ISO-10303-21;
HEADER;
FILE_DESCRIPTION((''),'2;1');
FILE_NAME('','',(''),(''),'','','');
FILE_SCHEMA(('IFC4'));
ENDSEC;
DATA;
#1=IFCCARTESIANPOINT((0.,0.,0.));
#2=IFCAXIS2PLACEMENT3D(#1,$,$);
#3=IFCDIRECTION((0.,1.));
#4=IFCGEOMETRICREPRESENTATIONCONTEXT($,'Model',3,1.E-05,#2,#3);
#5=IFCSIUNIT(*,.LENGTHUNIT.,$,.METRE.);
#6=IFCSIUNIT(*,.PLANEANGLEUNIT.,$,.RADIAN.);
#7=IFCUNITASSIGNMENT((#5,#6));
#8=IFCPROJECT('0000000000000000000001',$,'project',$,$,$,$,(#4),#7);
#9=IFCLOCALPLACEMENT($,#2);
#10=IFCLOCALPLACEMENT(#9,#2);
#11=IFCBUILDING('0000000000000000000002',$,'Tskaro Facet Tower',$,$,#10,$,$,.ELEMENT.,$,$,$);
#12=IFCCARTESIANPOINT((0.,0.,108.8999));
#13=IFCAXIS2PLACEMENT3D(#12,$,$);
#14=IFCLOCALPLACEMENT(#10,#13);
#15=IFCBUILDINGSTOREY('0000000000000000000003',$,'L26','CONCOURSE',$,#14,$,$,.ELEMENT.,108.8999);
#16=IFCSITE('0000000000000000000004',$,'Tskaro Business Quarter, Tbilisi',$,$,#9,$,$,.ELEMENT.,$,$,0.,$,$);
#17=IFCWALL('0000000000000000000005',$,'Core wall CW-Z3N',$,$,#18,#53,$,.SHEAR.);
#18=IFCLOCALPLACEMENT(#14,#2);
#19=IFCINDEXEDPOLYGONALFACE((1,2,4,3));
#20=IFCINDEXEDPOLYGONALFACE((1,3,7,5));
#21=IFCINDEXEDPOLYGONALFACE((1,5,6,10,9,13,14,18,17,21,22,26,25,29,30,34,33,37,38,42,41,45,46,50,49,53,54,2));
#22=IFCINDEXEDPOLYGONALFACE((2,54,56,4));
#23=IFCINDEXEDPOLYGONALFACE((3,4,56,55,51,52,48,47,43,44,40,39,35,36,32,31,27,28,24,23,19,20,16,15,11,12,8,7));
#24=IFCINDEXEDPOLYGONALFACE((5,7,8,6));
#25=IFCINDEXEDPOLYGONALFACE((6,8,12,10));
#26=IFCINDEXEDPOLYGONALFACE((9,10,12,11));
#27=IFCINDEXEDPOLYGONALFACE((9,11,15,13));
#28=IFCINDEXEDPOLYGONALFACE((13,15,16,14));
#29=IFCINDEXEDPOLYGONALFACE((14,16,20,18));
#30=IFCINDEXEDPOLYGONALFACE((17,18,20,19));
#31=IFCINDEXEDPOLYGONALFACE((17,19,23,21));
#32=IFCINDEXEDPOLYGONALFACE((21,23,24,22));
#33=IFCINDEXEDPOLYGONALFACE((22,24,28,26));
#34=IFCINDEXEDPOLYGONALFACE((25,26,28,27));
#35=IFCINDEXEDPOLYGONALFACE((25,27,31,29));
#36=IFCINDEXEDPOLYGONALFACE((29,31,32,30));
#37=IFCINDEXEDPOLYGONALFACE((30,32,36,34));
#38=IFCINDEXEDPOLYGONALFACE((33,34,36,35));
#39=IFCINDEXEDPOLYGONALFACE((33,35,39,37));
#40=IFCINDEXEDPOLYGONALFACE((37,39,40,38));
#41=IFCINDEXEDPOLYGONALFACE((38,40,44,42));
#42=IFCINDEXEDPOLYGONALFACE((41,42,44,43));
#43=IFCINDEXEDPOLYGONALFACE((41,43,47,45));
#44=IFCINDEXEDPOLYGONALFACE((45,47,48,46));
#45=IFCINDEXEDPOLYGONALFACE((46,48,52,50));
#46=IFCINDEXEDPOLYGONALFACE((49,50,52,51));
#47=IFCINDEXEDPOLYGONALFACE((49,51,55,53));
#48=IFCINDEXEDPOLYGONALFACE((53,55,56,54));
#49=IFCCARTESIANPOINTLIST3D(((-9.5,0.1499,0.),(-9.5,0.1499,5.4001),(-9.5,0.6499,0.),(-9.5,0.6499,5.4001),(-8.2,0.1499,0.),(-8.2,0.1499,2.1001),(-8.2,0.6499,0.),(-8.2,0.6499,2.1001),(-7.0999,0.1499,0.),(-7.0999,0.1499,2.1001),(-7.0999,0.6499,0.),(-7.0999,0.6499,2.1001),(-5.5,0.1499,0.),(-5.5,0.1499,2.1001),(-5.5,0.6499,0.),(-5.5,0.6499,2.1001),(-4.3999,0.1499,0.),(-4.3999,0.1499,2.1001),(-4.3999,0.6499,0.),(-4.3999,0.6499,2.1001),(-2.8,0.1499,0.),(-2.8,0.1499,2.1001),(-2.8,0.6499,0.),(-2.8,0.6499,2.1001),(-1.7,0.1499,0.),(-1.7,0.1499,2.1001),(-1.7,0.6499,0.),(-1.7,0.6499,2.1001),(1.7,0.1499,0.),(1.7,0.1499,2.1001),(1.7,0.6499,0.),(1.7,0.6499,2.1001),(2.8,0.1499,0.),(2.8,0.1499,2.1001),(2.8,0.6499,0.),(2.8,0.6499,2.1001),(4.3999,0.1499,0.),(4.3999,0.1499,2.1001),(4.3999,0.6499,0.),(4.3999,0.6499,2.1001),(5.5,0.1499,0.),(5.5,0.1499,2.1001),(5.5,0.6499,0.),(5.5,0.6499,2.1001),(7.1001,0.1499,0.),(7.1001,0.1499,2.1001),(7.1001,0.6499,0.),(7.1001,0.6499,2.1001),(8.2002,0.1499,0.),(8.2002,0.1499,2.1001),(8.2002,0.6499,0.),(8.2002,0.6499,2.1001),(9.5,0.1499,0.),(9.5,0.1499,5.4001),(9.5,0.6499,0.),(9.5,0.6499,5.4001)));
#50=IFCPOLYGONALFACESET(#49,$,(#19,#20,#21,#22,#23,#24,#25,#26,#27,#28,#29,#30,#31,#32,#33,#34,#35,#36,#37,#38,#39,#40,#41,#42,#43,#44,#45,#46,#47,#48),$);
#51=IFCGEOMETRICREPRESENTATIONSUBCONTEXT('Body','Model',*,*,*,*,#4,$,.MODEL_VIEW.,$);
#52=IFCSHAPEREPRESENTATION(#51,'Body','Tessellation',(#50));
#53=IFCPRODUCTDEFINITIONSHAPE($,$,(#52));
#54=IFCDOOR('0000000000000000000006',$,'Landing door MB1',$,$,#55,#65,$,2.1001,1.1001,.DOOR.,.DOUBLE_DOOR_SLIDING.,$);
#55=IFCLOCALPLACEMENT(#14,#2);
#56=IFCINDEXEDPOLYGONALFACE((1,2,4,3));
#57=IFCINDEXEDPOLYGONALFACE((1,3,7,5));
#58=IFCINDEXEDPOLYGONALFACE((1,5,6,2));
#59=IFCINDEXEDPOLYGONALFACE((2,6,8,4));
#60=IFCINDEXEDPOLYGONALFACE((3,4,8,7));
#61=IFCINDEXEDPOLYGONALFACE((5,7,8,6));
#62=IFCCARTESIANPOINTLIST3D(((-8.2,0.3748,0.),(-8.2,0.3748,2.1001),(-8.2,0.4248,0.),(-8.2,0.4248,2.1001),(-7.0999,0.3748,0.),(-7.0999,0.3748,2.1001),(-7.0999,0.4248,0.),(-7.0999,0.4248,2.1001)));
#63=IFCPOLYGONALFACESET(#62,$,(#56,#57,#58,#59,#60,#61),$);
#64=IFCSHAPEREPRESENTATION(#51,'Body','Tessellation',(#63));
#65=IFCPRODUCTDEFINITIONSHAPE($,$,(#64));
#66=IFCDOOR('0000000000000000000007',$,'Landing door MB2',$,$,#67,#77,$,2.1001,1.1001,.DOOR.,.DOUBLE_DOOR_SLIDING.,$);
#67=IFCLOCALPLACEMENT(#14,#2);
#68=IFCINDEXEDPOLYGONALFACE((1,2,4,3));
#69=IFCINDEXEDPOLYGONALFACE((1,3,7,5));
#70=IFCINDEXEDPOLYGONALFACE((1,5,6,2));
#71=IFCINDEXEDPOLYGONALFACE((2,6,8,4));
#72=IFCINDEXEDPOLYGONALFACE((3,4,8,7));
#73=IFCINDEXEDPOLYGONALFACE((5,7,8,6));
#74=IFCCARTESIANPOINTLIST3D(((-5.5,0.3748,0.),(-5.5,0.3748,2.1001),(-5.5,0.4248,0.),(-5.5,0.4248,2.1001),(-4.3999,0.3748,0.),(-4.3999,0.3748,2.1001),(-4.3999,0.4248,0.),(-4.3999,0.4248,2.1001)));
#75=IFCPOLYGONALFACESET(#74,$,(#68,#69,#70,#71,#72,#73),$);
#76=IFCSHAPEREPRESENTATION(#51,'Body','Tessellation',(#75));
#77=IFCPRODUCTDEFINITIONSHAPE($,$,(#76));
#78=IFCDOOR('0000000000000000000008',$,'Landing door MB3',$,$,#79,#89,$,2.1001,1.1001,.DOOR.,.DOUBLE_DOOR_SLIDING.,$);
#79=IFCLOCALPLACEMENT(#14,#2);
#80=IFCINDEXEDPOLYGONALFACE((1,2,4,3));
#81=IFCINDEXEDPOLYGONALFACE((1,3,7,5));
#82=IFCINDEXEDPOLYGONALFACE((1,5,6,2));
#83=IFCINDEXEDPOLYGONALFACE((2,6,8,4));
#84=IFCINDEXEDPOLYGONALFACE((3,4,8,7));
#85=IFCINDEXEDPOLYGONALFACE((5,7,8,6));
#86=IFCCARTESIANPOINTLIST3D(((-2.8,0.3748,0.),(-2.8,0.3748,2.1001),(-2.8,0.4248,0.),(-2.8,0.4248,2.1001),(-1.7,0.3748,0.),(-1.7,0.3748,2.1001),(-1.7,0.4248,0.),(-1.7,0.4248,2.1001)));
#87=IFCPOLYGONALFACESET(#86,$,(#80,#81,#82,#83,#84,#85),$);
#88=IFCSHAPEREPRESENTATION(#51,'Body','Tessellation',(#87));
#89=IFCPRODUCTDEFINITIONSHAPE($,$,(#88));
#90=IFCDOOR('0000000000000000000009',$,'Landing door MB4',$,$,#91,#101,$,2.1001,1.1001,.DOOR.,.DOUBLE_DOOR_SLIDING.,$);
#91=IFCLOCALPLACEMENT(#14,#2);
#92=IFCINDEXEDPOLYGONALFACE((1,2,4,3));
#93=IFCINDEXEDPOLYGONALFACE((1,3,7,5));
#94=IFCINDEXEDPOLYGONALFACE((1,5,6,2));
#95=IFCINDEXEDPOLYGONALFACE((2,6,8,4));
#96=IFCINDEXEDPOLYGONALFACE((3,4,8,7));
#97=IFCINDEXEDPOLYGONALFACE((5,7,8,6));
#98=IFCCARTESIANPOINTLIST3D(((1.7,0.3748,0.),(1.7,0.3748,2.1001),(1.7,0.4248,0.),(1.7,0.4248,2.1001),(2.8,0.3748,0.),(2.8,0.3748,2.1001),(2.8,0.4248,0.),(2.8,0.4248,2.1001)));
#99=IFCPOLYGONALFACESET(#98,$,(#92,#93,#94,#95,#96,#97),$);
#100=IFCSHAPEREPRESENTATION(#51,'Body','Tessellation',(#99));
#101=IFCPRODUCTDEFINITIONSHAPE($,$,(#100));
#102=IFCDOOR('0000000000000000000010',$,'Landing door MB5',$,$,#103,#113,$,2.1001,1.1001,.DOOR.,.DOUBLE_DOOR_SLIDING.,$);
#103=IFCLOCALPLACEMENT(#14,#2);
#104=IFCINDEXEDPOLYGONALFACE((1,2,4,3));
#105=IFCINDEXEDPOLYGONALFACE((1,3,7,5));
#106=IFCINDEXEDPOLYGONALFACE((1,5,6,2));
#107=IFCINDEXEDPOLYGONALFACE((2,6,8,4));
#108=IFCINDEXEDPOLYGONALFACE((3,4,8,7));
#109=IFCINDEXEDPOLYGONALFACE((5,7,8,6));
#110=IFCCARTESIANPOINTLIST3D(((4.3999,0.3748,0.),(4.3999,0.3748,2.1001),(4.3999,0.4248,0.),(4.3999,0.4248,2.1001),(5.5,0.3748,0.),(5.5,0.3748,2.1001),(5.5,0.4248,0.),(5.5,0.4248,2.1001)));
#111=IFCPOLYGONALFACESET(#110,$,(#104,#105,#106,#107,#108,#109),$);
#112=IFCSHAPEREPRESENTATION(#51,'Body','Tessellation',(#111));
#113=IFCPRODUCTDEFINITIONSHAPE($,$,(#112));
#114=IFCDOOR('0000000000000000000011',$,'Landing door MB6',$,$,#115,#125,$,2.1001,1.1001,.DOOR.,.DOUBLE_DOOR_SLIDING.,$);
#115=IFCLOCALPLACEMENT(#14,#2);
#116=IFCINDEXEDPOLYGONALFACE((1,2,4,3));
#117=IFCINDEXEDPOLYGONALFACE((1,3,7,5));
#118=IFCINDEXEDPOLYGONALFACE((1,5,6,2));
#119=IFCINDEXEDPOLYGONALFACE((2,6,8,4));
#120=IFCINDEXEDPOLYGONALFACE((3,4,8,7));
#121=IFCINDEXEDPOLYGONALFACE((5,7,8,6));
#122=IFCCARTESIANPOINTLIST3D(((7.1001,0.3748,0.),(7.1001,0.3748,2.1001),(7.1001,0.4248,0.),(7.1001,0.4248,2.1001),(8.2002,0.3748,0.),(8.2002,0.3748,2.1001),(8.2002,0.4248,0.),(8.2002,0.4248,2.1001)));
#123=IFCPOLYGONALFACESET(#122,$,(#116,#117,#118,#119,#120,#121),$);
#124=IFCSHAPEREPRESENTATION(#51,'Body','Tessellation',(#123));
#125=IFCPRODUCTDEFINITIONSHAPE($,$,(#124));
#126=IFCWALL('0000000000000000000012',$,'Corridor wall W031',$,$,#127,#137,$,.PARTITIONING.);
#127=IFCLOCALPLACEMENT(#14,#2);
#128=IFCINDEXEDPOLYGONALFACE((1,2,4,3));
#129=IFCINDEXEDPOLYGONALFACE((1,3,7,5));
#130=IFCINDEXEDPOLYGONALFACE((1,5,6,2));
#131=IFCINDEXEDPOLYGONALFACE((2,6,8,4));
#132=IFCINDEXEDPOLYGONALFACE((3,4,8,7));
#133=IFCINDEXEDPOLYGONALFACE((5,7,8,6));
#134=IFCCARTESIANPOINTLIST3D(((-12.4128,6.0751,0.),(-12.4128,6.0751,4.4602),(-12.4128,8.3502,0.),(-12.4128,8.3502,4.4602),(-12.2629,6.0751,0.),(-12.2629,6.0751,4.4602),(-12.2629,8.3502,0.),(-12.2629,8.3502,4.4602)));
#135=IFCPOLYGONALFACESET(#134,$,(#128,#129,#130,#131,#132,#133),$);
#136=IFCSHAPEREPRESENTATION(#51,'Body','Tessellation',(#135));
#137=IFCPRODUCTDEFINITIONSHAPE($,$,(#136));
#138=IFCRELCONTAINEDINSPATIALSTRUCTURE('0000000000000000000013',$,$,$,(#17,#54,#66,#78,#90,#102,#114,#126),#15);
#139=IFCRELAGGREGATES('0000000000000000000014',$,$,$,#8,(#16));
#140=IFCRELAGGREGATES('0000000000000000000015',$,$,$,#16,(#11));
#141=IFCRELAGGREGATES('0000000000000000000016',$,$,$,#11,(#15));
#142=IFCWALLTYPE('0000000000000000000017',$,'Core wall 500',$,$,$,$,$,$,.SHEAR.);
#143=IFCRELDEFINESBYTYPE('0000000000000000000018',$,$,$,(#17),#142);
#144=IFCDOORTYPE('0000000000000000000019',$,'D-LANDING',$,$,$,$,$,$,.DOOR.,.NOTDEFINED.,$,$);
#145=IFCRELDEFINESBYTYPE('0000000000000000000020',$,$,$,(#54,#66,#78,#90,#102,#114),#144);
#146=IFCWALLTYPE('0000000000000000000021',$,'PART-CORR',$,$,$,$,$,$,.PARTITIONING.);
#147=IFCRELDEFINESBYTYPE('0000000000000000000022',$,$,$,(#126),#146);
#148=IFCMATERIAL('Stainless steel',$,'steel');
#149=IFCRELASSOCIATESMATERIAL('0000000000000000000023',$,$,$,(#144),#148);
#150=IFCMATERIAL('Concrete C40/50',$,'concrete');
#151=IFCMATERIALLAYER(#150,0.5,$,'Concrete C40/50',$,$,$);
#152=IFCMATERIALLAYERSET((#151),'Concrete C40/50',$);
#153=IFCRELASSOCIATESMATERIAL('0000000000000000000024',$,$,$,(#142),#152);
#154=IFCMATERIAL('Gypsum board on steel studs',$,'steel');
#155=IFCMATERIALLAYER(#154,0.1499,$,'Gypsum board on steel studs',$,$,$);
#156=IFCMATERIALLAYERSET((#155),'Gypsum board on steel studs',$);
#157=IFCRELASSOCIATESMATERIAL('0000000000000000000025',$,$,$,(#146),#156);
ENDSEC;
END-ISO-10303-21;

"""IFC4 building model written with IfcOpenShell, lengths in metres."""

from ifc_helpers import new_model, si_unit, direction, frame, frame_2d, origin, place, context, subcontext, project, spatial, rectangle, extrude, material, layer, layer_set, type_object, element, fill, save


model = new_model("IFC4")

# Units and contexts
model_context = context("Model", 3, precision=1e-05, world=origin(), true_north=direction((0.0, 1.0)))
body_context = subcontext(model_context, "Body", "Model", "MODEL_VIEW")
ifc_project = project(units=[si_unit("LENGTHUNIT", "METRE"), si_unit("PLANEANGLEUNIT", "RADIAN")], contexts=[model_context])

# Site, building, storey
site_placement = place(None, origin())
site = spatial("IfcSite", under=ifc_project, at=site_placement, Name="Tskaro Business Quarter, Tbilisi", CompositionType="ELEMENT", RefElevation=0.0)
building_placement = place(site_placement, origin())
building = spatial("IfcBuilding", under=site, at=building_placement, Name="Tskaro Facet Tower", CompositionType="ELEMENT")
storey_placement = place(building_placement, frame((0.0, 0.0, 108.8999)))
storey = spatial("IfcBuildingStorey", under=building, at=storey_placement, Name="L26", Description="CONCOURSE", CompositionType="ELEMENT", Elevation=108.8999)

# Shared definitions
ifc_material_1 = material(Name="Stainless steel", Category="steel")
door_type_1 = type_object("IfcDoorType", Name="D-LANDING", OperationType="NOTDEFINED", PredefinedType="DOOR", material=ifc_material_1)

# Wall, openings, doors
ifc_material_2 = material(Name="Concrete C40/50", Category="concrete")
ifc_layer_1 = layer(ifc_material_2, 0.5, Name="Concrete C40/50")
ifc_layer_set_1 = layer_set([ifc_layer_1], Name="Concrete C40/50")
wall_type_1 = type_object("IfcWallType", Name="Core wall 500", PredefinedType="SHEAR", material=ifc_layer_set_1)
wall_1_placement = place(storey_placement, frame((-9.5, 0.3999, 0.0), z_axis=(0.0, 0.0, 1.0), x_axis=(1.0, 0.0, 0.0)))
wall_1 = element("IfcWall", 1, at=wall_1_placement, inside=storey, type_object=wall_type_1, Name="Core wall CW-Z3N", PredefinedType="SHEAR", context=body_context, shape_type="SweptSolid", body=[
    extrude(rectangle(XDim=19.0, YDim=0.5, at=frame_2d((9.5, 0.0))), origin(), (0.0, 0.0, 1.0), 5.4001),
])
opening_1_placement = place(wall_1_placement, frame((1.3, 0.0, 0.0)))
opening_1 = element("IfcOpeningElement", 2, at=opening_1_placement, cuts=wall_1, PredefinedType="OPENING", context=body_context, shape_type="SweptSolid", body=[
    extrude(rectangle(XDim=1.1001, YDim=2.1001, at=frame_2d((0.55, 1.05))), frame((0.0, 0.26, 0.0), z_axis=(0.0, -1.0, 0.0), x_axis=(1.0, 0.0, 0.0)), (0.0, 0.0, 1.0), 0.52),
])
opening_2_placement = place(wall_1_placement, frame((4.0, 0.0, 0.0)))
opening_2 = element("IfcOpeningElement", 3, at=opening_2_placement, cuts=wall_1, PredefinedType="OPENING", context=body_context, shape_type="SweptSolid", body=[
    extrude(rectangle(XDim=1.1001, YDim=2.1001, at=frame_2d((0.55, 1.05))), frame((0.0, 0.26, 0.0), z_axis=(0.0, -1.0, 0.0), x_axis=(1.0, 0.0, 0.0)), (0.0, 0.0, 1.0), 0.52),
])
opening_3_placement = place(wall_1_placement, frame((6.7, 0.0, 0.0)))
opening_3 = element("IfcOpeningElement", 4, at=opening_3_placement, cuts=wall_1, PredefinedType="OPENING", context=body_context, shape_type="SweptSolid", body=[
    extrude(rectangle(XDim=1.1001, YDim=2.1001, at=frame_2d((0.55, 1.05))), frame((0.0, 0.26, 0.0), z_axis=(0.0, -1.0, 0.0), x_axis=(1.0, 0.0, 0.0)), (0.0, 0.0, 1.0), 0.52),
])
opening_4_placement = place(wall_1_placement, frame((11.2, 0.0, 0.0)))
opening_4 = element("IfcOpeningElement", 5, at=opening_4_placement, cuts=wall_1, PredefinedType="OPENING", context=body_context, shape_type="SweptSolid", body=[
    extrude(rectangle(XDim=1.1001, YDim=2.1001, at=frame_2d((0.55, 1.05))), frame((0.0, 0.26, 0.0), z_axis=(0.0, -1.0, 0.0), x_axis=(1.0, 0.0, 0.0)), (0.0, 0.0, 1.0), 0.52),
])
opening_5_placement = place(wall_1_placement, frame((13.8999, 0.0, 0.0)))
opening_5 = element("IfcOpeningElement", 6, at=opening_5_placement, cuts=wall_1, PredefinedType="OPENING", context=body_context, shape_type="SweptSolid", body=[
    extrude(rectangle(XDim=1.1001, YDim=2.1001, at=frame_2d((0.55, 1.05))), frame((0.0, 0.26, 0.0), z_axis=(0.0, -1.0, 0.0), x_axis=(1.0, 0.0, 0.0)), (0.0, 0.0, 1.0), 0.52),
])
opening_6_placement = place(wall_1_placement, frame((16.6001, 0.0, 0.0)))
opening_6 = element("IfcOpeningElement", 7, at=opening_6_placement, cuts=wall_1, PredefinedType="OPENING", context=body_context, shape_type="SweptSolid", body=[
    extrude(rectangle(XDim=1.1001, YDim=2.1001, at=frame_2d((0.55, 1.05))), frame((0.0, 0.26, 0.0), z_axis=(0.0, -1.0, 0.0), x_axis=(1.0, 0.0, 0.0)), (0.0, 0.0, 1.0), 0.52),
])
door_1_placement = place(opening_1_placement, origin())
door_1 = element("IfcDoor", 8, at=door_1_placement, inside=storey, type_object=door_type_1, Name="Landing door MB1", OperationType="DOUBLE_DOOR_SLIDING", OverallHeight=2.1001, OverallWidth=1.1001, PredefinedType="DOOR", context=body_context, shape_type="SweptSolid", body=[
    extrude(rectangle(XDim=1.1001, YDim=2.1001, at=frame_2d((0.55, 1.05))), frame((0.0, 0.0249, 0.0), z_axis=(0.0, -1.0, 0.0), x_axis=(1.0, 0.0, 0.0)), (0.0, 0.0, 1.0), 0.05),
])
fill(opening_1, door_1)
door_2_placement = place(opening_2_placement, origin())
door_2 = element("IfcDoor", 9, at=door_2_placement, inside=storey, type_object=door_type_1, Name="Landing door MB2", OperationType="DOUBLE_DOOR_SLIDING", OverallHeight=2.1001, OverallWidth=1.1001, PredefinedType="DOOR", context=body_context, shape_type="SweptSolid", body=[
    extrude(rectangle(XDim=1.1001, YDim=2.1001, at=frame_2d((0.55, 1.05))), frame((0.0, 0.0249, 0.0), z_axis=(0.0, -1.0, 0.0), x_axis=(1.0, 0.0, 0.0)), (0.0, 0.0, 1.0), 0.05),
])
fill(opening_2, door_2)
door_3_placement = place(opening_3_placement, origin())
door_3 = element("IfcDoor", 10, at=door_3_placement, inside=storey, type_object=door_type_1, Name="Landing door MB3", OperationType="DOUBLE_DOOR_SLIDING", OverallHeight=2.1001, OverallWidth=1.1001, PredefinedType="DOOR", context=body_context, shape_type="SweptSolid", body=[
    extrude(rectangle(XDim=1.1001, YDim=2.1001, at=frame_2d((0.55, 1.05))), frame((0.0, 0.0249, 0.0), z_axis=(0.0, -1.0, 0.0), x_axis=(1.0, 0.0, 0.0)), (0.0, 0.0, 1.0), 0.05),
])
fill(opening_3, door_3)
door_4_placement = place(opening_4_placement, origin())
door_4 = element("IfcDoor", 11, at=door_4_placement, inside=storey, type_object=door_type_1, Name="Landing door MB4", OperationType="DOUBLE_DOOR_SLIDING", OverallHeight=2.1001, OverallWidth=1.1001, PredefinedType="DOOR", context=body_context, shape_type="SweptSolid", body=[
    extrude(rectangle(XDim=1.1001, YDim=2.1001, at=frame_2d((0.55, 1.05))), frame((0.0, 0.0249, 0.0), z_axis=(0.0, -1.0, 0.0), x_axis=(1.0, 0.0, 0.0)), (0.0, 0.0, 1.0), 0.05),
])
fill(opening_4, door_4)
door_5_placement = place(opening_5_placement, origin())
door_5 = element("IfcDoor", 12, at=door_5_placement, inside=storey, type_object=door_type_1, Name="Landing door MB5", OperationType="DOUBLE_DOOR_SLIDING", OverallHeight=2.1001, OverallWidth=1.1001, PredefinedType="DOOR", context=body_context, shape_type="SweptSolid", body=[
    extrude(rectangle(XDim=1.1001, YDim=2.1001, at=frame_2d((0.55, 1.05))), frame((0.0, 0.0249, 0.0), z_axis=(0.0, -1.0, 0.0), x_axis=(1.0, 0.0, 0.0)), (0.0, 0.0, 1.0), 0.05),
])
fill(opening_5, door_5)
door_6_placement = place(opening_6_placement, origin())
door_6 = element("IfcDoor", 13, at=door_6_placement, inside=storey, type_object=door_type_1, Name="Landing door MB6", OperationType="DOUBLE_DOOR_SLIDING", OverallHeight=2.1001, OverallWidth=1.1001, PredefinedType="DOOR", context=body_context, shape_type="SweptSolid", body=[
    extrude(rectangle(XDim=1.1001, YDim=2.1001, at=frame_2d((0.55, 1.05))), frame((0.0, 0.0249, 0.0), z_axis=(0.0, -1.0, 0.0), x_axis=(1.0, 0.0, 0.0)), (0.0, 0.0, 1.0), 0.05),
])
fill(opening_6, door_6)

# Wall
ifc_material_3 = material(Name="Gypsum board on steel studs", Category="steel")
ifc_layer_2 = layer(ifc_material_3, 0.1499, Name="Gypsum board on steel studs")
ifc_layer_set_2 = layer_set([ifc_layer_2], Name="Gypsum board on steel studs")
wall_type_2 = type_object("IfcWallType", Name="PART-CORR", PredefinedType="PARTITIONING", material=ifc_layer_set_2)
wall_2_placement = place(storey_placement, frame((-12.3379, 6.075, 0.0), z_axis=(0.0, 0.0, 1.0), x_axis=(0.0, 1.0, 0.0)))
element("IfcWall", 14, at=wall_2_placement, inside=storey, type_object=wall_type_2, Name="Corridor wall W031", PredefinedType="PARTITIONING", context=body_context, shape_type="SweptSolid", body=[
    extrude(rectangle(XDim=2.2751, YDim=0.1499, at=frame_2d((1.1377, 0.0))), origin(), (0.0, 0.0, 1.0), 4.4602),
])

save(model, "model.ifc")
